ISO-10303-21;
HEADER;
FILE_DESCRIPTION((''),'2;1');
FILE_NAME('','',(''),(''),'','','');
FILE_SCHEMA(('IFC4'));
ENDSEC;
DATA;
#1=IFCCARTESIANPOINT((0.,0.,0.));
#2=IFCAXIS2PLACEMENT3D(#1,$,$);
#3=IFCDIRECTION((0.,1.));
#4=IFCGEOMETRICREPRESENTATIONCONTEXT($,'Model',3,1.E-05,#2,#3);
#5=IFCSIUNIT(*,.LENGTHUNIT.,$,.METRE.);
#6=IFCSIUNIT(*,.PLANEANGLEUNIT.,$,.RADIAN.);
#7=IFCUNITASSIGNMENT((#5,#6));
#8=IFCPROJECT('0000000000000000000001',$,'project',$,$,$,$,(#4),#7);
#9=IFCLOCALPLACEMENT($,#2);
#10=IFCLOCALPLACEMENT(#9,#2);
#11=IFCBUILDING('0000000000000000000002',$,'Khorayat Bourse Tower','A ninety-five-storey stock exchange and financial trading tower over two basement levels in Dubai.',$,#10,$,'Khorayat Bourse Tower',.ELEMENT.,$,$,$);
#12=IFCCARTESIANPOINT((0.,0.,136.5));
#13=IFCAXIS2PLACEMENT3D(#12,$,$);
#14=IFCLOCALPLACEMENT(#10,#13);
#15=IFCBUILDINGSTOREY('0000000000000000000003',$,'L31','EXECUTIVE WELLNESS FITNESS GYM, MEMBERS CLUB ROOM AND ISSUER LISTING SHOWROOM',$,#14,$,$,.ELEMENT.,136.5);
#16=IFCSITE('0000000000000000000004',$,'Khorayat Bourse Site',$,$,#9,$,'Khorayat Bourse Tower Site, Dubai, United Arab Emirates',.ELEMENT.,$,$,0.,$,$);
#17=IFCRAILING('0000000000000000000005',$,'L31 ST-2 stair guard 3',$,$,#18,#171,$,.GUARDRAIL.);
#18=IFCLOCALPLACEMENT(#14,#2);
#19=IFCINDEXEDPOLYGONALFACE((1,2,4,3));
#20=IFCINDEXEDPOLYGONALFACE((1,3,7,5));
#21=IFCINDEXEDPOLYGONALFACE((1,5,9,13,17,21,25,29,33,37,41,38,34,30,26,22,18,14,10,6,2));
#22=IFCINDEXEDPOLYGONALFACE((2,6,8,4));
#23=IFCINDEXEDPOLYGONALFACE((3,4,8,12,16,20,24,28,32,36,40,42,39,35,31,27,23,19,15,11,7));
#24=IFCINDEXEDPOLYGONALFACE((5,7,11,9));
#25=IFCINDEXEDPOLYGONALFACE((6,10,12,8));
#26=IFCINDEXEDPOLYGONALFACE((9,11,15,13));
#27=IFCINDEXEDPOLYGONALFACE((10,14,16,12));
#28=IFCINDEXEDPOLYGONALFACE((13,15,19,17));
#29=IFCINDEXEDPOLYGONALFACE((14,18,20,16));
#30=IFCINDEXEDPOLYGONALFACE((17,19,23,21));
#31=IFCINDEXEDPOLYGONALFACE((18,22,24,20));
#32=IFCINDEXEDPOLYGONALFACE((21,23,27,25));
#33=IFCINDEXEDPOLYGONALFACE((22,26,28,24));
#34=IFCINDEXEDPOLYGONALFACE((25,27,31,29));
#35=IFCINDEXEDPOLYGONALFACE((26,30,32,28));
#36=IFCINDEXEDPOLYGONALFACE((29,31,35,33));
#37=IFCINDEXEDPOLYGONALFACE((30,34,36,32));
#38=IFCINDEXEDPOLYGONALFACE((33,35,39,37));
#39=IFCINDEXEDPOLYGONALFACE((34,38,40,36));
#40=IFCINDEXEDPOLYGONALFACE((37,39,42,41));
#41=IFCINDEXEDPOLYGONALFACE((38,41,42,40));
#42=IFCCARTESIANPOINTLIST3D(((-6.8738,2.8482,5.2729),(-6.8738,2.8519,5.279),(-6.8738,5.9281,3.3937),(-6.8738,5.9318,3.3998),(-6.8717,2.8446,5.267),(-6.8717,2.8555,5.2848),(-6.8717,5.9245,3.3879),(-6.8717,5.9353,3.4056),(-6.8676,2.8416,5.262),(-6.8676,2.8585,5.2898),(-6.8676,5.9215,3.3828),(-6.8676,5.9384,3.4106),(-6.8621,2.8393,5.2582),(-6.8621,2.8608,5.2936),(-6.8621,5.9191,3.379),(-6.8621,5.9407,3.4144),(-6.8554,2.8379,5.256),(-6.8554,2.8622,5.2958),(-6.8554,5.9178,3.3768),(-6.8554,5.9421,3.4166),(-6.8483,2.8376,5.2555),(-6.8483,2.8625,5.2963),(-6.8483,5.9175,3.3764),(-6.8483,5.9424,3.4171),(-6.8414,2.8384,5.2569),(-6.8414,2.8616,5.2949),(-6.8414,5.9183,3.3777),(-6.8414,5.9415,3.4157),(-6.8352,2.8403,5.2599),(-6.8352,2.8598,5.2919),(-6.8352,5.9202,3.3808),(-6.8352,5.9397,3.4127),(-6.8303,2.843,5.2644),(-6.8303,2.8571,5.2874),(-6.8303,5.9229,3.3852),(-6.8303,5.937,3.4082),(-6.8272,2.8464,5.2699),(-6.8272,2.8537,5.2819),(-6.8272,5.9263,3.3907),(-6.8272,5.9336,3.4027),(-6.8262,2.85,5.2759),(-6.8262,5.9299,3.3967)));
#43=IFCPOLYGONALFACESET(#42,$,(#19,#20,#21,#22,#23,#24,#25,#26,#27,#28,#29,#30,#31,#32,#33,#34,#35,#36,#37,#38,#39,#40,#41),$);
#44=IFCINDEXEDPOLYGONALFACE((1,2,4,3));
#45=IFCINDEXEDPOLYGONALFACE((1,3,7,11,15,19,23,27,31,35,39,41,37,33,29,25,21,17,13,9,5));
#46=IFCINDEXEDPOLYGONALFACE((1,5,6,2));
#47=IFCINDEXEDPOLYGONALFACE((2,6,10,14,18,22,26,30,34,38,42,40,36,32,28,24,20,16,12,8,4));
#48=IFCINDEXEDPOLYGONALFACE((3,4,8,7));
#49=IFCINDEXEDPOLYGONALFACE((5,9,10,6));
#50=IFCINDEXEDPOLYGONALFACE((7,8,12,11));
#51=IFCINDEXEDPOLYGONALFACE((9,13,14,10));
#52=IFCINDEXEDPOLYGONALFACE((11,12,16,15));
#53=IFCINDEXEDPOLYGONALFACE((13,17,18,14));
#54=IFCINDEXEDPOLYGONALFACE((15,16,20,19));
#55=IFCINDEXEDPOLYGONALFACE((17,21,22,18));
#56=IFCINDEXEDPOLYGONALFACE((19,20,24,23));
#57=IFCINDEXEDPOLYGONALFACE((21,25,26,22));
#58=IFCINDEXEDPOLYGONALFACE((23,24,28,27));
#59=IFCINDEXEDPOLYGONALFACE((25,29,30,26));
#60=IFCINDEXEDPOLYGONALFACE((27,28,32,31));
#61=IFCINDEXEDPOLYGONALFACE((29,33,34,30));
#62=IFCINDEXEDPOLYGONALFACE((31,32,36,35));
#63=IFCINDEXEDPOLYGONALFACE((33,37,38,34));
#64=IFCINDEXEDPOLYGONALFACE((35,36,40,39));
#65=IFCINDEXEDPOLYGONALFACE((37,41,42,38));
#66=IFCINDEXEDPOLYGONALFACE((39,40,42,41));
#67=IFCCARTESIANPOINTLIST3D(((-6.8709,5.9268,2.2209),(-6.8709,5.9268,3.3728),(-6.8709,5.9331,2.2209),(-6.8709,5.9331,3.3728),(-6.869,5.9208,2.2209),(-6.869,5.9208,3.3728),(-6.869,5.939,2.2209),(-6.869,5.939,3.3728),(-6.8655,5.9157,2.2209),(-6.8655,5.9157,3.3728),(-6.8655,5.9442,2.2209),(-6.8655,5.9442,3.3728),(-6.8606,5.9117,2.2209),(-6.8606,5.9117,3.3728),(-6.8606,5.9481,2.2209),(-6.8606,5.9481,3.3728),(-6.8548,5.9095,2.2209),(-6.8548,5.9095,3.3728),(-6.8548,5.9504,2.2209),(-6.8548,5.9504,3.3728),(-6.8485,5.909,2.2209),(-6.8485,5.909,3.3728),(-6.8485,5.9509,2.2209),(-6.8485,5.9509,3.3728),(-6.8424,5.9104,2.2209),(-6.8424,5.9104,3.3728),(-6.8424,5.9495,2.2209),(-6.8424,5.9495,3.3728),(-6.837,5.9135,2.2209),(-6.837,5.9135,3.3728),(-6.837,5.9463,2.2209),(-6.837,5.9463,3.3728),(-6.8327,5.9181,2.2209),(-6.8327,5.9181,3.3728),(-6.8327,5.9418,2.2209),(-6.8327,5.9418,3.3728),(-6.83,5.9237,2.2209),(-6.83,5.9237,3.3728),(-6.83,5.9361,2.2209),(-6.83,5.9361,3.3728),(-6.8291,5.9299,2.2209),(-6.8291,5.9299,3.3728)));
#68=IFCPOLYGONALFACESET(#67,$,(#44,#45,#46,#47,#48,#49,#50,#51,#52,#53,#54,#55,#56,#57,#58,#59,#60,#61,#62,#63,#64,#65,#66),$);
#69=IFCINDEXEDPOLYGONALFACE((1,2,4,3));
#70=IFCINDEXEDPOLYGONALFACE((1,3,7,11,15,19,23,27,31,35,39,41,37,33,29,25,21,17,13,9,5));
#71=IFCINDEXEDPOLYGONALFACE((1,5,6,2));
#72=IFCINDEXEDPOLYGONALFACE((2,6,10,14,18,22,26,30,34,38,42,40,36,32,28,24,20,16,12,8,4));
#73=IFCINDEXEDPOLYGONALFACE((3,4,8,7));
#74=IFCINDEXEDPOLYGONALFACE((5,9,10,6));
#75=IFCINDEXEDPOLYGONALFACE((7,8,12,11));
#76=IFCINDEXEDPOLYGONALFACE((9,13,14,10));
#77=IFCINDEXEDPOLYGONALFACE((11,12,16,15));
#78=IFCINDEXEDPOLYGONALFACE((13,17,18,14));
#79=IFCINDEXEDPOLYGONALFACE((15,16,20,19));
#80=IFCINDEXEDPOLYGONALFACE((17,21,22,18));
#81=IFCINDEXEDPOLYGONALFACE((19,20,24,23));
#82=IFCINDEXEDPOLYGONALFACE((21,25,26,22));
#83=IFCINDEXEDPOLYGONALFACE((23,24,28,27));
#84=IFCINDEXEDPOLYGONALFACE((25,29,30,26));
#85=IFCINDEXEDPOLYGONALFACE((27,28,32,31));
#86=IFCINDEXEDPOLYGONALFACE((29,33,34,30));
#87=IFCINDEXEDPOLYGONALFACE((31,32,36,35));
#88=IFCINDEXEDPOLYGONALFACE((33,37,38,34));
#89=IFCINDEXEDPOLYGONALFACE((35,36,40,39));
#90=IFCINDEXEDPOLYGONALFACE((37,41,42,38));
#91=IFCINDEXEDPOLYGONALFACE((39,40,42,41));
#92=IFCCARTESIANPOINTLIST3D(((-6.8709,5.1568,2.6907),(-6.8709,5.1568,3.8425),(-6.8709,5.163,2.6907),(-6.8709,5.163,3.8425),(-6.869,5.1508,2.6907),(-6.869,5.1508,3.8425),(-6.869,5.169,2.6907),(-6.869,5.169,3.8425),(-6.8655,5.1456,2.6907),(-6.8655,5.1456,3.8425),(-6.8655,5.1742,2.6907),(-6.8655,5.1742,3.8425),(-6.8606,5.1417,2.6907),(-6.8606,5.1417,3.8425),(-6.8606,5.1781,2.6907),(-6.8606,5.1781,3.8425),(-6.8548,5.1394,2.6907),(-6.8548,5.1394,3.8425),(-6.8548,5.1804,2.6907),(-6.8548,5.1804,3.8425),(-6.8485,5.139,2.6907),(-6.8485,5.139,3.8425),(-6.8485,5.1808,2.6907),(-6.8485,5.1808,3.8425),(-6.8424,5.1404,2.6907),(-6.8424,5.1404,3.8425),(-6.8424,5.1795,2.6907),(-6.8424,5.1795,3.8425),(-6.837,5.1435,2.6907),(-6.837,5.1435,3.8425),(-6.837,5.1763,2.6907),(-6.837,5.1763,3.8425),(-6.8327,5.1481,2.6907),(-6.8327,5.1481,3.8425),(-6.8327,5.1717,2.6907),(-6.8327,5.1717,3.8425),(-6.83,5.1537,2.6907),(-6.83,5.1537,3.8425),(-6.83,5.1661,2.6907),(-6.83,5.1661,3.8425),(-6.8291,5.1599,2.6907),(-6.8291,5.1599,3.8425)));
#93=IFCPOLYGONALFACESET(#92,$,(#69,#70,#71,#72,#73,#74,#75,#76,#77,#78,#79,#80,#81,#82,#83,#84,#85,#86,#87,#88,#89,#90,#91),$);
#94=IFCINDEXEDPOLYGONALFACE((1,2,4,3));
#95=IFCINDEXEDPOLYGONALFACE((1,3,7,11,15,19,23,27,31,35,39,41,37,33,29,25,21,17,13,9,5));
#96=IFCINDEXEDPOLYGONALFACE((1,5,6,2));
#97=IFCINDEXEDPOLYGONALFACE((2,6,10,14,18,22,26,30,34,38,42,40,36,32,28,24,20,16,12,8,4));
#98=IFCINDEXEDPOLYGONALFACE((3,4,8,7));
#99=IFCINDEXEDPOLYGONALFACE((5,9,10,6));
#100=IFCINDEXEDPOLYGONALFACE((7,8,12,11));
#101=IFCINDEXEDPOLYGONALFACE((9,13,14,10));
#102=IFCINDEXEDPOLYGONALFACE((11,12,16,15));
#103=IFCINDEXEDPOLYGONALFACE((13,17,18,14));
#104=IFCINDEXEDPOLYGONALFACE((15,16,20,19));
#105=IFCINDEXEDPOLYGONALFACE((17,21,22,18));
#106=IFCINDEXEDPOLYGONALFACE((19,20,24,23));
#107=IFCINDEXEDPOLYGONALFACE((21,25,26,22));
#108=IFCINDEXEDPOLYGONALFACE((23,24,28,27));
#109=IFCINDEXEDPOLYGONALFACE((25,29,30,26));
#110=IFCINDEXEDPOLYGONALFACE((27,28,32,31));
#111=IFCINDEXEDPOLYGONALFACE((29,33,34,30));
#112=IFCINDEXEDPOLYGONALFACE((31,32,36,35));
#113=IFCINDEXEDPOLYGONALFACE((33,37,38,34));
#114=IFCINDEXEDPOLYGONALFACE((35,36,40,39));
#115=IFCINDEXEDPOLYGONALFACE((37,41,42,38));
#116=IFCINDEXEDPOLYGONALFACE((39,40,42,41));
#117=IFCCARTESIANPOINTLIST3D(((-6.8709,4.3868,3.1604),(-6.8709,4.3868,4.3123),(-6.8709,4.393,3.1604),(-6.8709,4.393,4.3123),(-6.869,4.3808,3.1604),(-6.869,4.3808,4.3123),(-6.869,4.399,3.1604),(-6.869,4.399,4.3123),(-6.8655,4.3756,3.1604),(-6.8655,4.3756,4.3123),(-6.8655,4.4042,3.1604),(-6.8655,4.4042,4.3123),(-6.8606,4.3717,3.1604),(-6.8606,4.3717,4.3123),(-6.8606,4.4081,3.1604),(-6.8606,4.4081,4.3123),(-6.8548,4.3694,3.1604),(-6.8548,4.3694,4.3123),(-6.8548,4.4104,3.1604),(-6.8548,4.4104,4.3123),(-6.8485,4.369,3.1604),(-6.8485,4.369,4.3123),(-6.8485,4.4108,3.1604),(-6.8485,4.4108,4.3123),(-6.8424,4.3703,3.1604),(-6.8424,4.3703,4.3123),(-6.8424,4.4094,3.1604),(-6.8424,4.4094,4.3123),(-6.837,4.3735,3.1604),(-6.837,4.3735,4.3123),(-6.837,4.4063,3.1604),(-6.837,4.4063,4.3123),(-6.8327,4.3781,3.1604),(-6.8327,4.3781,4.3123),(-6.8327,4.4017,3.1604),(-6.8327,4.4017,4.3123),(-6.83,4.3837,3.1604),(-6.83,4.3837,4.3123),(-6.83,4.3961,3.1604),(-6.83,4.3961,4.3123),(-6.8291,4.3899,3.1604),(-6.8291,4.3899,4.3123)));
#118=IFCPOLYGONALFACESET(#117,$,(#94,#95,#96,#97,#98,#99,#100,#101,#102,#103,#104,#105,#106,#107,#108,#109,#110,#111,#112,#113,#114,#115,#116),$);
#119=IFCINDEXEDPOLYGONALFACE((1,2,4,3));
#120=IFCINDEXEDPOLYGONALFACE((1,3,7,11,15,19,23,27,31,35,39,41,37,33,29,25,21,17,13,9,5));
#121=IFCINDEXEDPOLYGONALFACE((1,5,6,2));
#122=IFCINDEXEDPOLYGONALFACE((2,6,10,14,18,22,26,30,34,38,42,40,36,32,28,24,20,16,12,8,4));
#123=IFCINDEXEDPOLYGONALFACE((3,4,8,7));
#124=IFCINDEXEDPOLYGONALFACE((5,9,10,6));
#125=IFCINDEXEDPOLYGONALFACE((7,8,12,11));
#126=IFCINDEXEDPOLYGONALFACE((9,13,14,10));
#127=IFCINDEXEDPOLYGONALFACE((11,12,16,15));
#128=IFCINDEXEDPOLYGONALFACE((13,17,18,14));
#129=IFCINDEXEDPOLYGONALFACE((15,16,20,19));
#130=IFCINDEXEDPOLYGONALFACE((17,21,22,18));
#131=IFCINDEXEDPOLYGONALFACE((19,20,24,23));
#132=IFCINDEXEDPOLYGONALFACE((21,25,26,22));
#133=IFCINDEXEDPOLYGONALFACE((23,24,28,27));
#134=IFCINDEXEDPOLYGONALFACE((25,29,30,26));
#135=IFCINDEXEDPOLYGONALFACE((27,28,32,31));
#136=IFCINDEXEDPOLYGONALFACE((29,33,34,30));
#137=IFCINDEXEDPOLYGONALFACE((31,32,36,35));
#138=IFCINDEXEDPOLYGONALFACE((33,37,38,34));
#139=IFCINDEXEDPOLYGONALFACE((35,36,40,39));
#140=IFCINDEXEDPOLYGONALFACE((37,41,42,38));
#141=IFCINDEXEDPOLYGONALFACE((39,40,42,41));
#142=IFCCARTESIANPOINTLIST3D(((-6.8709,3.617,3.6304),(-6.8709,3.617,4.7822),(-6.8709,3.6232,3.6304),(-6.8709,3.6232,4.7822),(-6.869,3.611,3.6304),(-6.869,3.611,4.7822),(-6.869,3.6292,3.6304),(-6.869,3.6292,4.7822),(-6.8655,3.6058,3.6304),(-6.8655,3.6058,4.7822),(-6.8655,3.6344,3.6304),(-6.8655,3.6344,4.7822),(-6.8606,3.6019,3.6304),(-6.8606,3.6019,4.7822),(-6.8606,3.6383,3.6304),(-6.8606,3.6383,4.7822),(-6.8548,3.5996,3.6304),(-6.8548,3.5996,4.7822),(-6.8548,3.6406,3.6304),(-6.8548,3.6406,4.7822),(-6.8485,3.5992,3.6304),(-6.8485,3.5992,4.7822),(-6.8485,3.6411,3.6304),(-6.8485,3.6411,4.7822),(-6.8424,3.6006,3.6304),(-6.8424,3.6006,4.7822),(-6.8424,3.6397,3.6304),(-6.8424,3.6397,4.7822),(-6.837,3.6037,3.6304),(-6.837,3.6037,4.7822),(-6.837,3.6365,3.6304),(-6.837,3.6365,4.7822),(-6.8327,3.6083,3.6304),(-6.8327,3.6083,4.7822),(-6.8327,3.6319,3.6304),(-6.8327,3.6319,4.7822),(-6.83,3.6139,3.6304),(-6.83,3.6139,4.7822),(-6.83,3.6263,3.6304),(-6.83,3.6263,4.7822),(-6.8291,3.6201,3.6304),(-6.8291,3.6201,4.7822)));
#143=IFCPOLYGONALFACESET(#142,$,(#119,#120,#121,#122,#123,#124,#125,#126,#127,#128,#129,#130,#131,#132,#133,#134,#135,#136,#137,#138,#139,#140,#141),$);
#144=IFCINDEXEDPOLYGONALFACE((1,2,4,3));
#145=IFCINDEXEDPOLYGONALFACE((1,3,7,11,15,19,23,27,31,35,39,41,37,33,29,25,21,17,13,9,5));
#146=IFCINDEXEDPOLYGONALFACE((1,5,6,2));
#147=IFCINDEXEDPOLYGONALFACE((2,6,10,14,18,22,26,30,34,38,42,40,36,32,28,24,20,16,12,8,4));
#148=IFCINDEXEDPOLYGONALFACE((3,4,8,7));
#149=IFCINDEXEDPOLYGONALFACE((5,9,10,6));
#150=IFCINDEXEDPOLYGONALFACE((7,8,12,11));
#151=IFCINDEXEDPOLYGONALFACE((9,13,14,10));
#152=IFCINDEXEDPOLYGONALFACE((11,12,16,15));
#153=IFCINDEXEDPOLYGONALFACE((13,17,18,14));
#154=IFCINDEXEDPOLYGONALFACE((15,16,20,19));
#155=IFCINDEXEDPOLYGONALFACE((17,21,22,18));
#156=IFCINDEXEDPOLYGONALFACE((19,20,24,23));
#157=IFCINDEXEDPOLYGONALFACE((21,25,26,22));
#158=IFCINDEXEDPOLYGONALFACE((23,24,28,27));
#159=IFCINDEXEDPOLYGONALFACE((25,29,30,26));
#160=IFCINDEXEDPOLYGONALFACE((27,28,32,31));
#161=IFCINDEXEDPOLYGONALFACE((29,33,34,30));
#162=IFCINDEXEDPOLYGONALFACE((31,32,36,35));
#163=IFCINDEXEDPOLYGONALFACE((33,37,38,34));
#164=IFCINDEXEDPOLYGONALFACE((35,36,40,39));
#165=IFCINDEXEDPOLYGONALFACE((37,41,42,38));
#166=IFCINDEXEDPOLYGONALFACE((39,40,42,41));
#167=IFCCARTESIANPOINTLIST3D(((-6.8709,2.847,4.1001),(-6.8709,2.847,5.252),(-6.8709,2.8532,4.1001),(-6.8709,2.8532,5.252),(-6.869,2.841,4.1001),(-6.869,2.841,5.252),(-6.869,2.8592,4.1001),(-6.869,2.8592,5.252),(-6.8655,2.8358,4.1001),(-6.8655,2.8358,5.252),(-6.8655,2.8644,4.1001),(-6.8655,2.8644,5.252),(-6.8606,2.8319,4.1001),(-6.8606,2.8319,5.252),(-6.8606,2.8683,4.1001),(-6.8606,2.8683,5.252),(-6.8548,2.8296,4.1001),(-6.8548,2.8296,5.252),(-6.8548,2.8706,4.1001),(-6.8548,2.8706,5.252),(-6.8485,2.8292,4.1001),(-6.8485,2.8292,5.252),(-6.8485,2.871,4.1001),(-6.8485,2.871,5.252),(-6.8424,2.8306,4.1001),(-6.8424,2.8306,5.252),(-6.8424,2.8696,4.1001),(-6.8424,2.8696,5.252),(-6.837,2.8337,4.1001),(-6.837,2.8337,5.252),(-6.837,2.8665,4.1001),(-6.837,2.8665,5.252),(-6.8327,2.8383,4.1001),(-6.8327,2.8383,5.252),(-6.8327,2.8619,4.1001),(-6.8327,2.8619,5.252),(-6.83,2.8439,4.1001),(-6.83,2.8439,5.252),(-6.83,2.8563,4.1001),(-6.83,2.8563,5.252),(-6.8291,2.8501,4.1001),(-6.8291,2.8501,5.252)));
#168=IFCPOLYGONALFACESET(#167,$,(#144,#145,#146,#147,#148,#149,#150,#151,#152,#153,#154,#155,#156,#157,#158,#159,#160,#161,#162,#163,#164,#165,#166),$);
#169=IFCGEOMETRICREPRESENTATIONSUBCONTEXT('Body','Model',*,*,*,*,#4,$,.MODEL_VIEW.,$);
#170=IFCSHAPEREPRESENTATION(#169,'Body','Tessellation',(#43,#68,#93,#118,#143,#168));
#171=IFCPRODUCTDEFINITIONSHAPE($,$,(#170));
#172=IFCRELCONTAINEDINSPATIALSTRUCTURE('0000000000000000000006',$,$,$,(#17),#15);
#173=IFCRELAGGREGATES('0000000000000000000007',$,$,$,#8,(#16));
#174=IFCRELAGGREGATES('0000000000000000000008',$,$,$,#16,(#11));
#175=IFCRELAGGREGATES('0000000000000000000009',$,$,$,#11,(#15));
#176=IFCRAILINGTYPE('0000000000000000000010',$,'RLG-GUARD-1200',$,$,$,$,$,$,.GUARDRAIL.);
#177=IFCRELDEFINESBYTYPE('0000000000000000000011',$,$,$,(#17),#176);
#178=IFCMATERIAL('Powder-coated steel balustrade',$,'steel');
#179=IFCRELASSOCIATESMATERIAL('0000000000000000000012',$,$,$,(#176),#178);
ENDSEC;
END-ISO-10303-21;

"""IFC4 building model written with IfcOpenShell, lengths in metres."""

from ifc_helpers import new_model, si_unit, direction, frame, origin, origin_2d, place, context, subcontext, project, spatial, circle, extrude, source, transform, mapped, material, type_object, element, save


model = new_model("IFC4")

# Units and contexts
model_context = context("Model", 3, precision=1e-05, world=origin(), true_north=direction((0.0, 1.0)))
body_context = subcontext(model_context, "Body", "Model", "MODEL_VIEW")
ifc_project = project(units=[si_unit("LENGTHUNIT", "METRE"), si_unit("PLANEANGLEUNIT", "RADIAN")], contexts=[model_context])

# Site, building, storey
site_placement = place(None, origin())
site = spatial("IfcSite", under=ifc_project, at=site_placement, Name="Khorayat Bourse Site", LongName="Khorayat Bourse Tower Site, Dubai, United Arab Emirates", CompositionType="ELEMENT", RefElevation=0.0)
building_placement = place(site_placement, origin())
building = spatial("IfcBuilding", under=site, at=building_placement, Name="Khorayat Bourse Tower", Description="A ninety-five-storey stock exchange and financial trading tower over two basement levels in Dubai.", LongName="Khorayat Bourse Tower", CompositionType="ELEMENT")
storey_placement = place(building_placement, frame((0.0, 0.0, 136.5)))
storey = spatial("IfcBuildingStorey", under=building, at=storey_placement, Name="L31", Description="EXECUTIVE WELLNESS FITNESS GYM, MEMBERS CLUB ROOM AND ISSUER LISTING SHOWROOM", CompositionType="ELEMENT", Elevation=136.5)

# Railing
ifc_material_1 = material(Name="Powder-coated steel balustrade", Category="steel")
railing_type_1 = type_object("IfcRailingType", Name="RLG-GUARD-1200", PredefinedType="GUARDRAIL", material=ifc_material_1)
shared_shape_1 = source(origin(), body_context, "Body", "SweptSolid", [
    extrude(circle(Radius=0.0239, at=origin_2d()), frame((0.0, 0.0, 1.1758), z_axis=(0.0, -0.853648, 0.52085), x_axis=(1.0, 0.0, 0.0)), (0.0, 0.0, 1.0), 3.6079),
    extrude(circle(Radius=0.021, at=origin_2d()), origin(), (0.0, 0.0, 1.0), 1.1519),
    extrude(circle(Radius=0.021, at=origin_2d()), frame((0.0, -0.77, 0.4697)), (0.0, 0.0, 1.0), 1.1519),
    extrude(circle(Radius=0.021, at=origin_2d()), frame((0.0, -1.54, 0.9395)), (0.0, 0.0, 1.0), 1.1519),
    extrude(circle(Radius=0.021, at=origin_2d()), frame((0.0, -2.3098, 1.4094)), (0.0, 0.0, 1.0), 1.1519),
    extrude(circle(Radius=0.021, at=origin_2d()), frame((0.0, -3.0798, 1.8792)), (0.0, 0.0, 1.0), 1.1519),
])
railing_1_placement = place(storey_placement, frame((-6.8501, 5.9299, 2.2209)))
element("IfcRailing", 1, at=railing_1_placement, inside=storey, type_object=railing_type_1, Name="L31 ST-2 stair guard 3", PredefinedType="GUARDRAIL", context=body_context, shape_type="MappedRepresentation", body=[
    mapped(shared_shape_1, transform((0.0, 0.0, 0.0), scale=1.0)),
])

save(model, "model.ifc")
